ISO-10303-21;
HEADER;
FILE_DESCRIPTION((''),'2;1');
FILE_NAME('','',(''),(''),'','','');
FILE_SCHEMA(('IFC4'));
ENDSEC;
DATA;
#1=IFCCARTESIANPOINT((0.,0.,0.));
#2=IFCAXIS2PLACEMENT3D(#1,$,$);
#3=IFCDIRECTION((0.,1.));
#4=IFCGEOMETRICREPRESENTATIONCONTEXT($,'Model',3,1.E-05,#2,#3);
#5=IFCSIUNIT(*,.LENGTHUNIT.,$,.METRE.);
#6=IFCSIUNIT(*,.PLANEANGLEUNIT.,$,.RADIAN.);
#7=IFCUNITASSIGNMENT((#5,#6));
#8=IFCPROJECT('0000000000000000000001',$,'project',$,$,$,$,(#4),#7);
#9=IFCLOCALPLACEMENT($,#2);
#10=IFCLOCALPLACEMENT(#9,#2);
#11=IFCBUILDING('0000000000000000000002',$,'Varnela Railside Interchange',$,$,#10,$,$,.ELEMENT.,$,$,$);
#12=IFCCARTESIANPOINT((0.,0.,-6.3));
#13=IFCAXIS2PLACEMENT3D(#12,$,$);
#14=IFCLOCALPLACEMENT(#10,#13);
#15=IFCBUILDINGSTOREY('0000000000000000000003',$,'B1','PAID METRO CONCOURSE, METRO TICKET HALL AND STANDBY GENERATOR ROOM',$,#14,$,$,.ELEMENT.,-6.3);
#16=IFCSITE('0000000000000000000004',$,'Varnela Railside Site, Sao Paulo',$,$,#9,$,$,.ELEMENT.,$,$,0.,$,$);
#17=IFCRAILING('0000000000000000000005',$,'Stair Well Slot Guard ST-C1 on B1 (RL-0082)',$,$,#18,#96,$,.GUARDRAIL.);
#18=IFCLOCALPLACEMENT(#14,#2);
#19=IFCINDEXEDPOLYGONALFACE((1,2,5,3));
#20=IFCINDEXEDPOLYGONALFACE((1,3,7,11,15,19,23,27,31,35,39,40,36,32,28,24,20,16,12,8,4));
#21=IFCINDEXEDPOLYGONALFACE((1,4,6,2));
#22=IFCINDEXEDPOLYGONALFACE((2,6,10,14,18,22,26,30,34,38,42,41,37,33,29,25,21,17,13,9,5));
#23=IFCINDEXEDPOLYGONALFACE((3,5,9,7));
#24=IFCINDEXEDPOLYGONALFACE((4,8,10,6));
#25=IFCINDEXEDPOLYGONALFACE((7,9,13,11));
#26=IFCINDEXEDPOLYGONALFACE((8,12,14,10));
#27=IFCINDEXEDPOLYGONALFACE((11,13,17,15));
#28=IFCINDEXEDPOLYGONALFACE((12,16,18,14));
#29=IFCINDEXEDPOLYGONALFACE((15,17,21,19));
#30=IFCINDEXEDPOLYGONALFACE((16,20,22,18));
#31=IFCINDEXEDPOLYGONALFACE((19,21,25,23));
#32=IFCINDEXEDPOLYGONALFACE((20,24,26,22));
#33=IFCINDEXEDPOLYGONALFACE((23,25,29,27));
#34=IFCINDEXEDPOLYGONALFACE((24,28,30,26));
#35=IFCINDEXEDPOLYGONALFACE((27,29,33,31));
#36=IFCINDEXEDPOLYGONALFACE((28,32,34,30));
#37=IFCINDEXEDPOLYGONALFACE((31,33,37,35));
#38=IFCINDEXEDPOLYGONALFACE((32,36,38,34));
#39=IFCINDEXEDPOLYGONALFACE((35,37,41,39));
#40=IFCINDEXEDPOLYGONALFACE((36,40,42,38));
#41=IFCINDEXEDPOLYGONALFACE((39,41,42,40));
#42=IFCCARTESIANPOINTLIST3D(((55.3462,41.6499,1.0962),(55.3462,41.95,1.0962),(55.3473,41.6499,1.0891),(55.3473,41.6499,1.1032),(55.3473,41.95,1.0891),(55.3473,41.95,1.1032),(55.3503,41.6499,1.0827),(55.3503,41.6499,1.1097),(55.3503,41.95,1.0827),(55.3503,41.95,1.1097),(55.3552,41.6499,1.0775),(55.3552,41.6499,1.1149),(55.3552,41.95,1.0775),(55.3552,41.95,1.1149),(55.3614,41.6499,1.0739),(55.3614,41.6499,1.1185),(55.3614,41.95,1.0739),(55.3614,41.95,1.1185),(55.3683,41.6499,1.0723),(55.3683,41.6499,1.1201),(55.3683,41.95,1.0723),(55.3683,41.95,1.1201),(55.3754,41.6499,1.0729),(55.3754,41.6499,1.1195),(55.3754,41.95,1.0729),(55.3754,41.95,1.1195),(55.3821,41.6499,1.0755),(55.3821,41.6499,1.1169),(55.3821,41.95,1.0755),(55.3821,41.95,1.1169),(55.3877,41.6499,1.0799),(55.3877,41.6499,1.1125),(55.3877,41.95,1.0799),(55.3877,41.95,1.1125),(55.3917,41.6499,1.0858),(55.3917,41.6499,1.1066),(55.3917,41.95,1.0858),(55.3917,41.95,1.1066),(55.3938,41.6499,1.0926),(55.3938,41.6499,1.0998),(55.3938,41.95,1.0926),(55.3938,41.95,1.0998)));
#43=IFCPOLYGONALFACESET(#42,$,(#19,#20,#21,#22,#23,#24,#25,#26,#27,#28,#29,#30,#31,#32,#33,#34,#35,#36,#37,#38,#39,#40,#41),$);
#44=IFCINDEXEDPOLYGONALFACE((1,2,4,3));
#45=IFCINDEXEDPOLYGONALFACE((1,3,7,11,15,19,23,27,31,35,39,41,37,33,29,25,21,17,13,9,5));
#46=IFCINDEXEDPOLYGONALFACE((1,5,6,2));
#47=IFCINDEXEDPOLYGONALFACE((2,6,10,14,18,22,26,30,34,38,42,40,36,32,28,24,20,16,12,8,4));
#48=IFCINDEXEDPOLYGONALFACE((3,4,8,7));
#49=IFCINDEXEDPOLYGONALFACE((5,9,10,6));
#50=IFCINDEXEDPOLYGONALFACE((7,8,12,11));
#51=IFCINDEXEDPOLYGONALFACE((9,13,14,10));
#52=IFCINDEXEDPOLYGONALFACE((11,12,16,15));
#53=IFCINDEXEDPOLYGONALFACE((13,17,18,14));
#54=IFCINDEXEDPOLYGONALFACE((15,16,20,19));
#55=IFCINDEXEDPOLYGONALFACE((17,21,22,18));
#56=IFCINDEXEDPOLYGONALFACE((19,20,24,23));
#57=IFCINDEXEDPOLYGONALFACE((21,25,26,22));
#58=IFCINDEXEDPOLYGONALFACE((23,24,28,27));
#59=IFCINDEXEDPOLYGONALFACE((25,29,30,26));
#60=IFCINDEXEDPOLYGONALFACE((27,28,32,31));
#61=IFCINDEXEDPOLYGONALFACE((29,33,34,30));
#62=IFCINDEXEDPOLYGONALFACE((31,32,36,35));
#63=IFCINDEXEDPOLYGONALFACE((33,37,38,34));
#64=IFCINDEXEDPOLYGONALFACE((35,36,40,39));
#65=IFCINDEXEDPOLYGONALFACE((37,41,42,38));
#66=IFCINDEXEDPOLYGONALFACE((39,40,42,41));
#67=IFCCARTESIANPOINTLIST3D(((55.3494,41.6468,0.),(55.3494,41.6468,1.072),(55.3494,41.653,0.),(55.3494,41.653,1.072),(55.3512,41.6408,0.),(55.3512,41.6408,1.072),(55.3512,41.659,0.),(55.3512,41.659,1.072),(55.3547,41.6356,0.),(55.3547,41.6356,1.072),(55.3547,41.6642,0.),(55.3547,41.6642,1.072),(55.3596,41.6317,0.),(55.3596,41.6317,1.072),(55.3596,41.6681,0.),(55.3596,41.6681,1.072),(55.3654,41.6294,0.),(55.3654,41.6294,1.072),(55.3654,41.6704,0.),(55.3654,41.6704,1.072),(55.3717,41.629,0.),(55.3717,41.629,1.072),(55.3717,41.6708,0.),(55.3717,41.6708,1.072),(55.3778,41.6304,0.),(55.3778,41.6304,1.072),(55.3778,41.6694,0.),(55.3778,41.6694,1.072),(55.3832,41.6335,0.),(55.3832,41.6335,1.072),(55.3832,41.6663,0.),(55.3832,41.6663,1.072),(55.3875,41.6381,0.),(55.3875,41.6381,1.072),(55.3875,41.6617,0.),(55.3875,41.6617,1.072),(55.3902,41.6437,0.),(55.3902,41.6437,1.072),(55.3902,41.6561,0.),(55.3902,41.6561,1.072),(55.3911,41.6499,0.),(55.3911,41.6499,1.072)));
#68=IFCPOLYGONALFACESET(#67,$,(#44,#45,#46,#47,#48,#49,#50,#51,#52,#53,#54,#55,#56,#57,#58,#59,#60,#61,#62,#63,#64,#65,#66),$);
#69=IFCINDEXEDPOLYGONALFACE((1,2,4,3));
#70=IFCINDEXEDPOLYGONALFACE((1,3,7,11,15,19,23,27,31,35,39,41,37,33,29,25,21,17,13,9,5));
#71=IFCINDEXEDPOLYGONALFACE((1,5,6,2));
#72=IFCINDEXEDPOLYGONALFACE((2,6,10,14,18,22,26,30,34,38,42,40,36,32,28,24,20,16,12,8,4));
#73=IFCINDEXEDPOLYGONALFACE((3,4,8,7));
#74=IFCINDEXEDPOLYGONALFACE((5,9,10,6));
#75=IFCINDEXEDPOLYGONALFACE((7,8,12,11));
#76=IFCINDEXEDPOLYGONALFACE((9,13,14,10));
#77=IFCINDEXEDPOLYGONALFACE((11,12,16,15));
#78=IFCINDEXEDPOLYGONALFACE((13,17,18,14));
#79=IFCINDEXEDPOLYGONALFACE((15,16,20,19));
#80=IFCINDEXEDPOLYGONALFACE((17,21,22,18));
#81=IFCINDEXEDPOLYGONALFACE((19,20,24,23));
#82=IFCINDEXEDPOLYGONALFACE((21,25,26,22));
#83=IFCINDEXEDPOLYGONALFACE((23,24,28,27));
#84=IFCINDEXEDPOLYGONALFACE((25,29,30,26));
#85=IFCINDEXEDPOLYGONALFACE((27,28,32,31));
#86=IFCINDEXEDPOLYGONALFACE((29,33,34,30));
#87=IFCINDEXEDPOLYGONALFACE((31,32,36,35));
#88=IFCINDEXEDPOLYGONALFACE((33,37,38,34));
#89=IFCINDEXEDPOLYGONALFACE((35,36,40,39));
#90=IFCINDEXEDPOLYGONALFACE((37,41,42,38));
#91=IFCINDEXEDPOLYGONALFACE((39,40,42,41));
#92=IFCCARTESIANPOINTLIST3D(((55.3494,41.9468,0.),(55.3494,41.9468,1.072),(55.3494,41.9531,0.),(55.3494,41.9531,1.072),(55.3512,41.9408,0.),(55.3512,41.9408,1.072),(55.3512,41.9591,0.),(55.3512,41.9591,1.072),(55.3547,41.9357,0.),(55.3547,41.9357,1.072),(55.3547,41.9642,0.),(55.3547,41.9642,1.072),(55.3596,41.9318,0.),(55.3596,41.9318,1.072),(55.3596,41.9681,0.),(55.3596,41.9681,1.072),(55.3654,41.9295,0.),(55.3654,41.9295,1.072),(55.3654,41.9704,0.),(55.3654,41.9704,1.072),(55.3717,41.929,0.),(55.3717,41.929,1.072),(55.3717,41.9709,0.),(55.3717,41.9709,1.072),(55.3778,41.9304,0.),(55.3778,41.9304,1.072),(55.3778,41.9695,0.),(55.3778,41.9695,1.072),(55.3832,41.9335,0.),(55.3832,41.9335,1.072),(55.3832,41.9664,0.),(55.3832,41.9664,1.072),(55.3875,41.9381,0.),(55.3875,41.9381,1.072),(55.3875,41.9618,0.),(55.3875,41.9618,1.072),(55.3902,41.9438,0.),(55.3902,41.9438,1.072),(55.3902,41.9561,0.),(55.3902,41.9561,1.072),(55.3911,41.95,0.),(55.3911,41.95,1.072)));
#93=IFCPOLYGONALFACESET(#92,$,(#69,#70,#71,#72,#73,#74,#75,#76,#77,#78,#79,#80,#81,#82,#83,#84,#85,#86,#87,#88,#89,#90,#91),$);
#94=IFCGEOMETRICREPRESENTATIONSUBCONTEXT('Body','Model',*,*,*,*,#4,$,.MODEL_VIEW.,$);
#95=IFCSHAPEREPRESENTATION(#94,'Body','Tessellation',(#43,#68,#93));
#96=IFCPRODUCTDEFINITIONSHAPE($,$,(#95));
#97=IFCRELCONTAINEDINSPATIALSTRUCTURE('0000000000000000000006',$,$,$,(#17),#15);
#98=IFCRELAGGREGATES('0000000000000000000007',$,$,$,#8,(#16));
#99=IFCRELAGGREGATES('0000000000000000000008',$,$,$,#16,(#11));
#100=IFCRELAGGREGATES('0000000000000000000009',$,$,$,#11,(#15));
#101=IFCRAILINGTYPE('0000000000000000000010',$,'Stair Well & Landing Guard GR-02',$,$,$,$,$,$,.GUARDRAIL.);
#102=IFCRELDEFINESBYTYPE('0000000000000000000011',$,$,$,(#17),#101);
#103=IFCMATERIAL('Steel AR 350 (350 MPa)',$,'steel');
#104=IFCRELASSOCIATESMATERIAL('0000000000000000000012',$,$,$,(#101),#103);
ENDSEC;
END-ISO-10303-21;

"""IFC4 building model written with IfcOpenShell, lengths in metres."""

from ifc_helpers import new_model, si_unit, direction, frame, origin, origin_2d, place, context, subcontext, project, spatial, circle, extrude, material, type_object, element, save


model = new_model("IFC4")

# Units and contexts
model_context = context("Model", 3, precision=1e-05, world=origin(), true_north=direction((0.0, 1.0)))
body_context = subcontext(model_context, "Body", "Model", "MODEL_VIEW")
ifc_project = project(units=[si_unit("LENGTHUNIT", "METRE"), si_unit("PLANEANGLEUNIT", "RADIAN")], contexts=[model_context])

# Site, building, storey
site_placement = place(None, origin())
site = spatial("IfcSite", under=ifc_project, at=site_placement, Name="Varnela Railside Site, Sao Paulo", CompositionType="ELEMENT", RefElevation=0.0)
building_placement = place(site_placement, origin())
building = spatial("IfcBuilding", under=site, at=building_placement, Name="Varnela Railside Interchange", CompositionType="ELEMENT")
storey_placement = place(building_placement, frame((0.0, 0.0, -6.3)))
storey = spatial("IfcBuildingStorey", under=building, at=storey_placement, Name="B1", Description="PAID METRO CONCOURSE, METRO TICKET HALL AND STANDBY GENERATOR ROOM", CompositionType="ELEMENT", Elevation=-6.3)

# Shared definitions
ifc_material_1 = material(Name="Steel AR 350 (350 MPa)", Category="steel")

# Railing
railing_type_1 = type_object("IfcRailingType", Name="Stair Well & Landing Guard GR-02", PredefinedType="GUARDRAIL", material=ifc_material_1)
railing_1_placement = place(storey_placement, frame((55.3701, 41.6499, 0.0)))
element("IfcRailing", 1, at=railing_1_placement, inside=storey, type_object=railing_type_1, Name="Stair Well Slot Guard ST-C1 on B1 (RL-0082)", PredefinedType="GUARDRAIL", context=body_context, shape_type="SweptSolid", body=[
    extrude(circle(Radius=0.0239, at=origin_2d()), frame((0.0, 0.0, 1.0962), z_axis=(0.0, 1.0, 0.0), x_axis=(-1.0, 0.0, 0.0)), (0.0, 0.0, 1.0), 0.3),
    extrude(circle(Radius=0.021, at=origin_2d()), origin(), (0.0, 0.0, 1.0), 1.072),
    extrude(circle(Radius=0.021, at=origin_2d()), frame((0.0, 0.3, 0.0)), (0.0, 0.0, 1.0), 1.072),
])

save(model, "model.ifc")
